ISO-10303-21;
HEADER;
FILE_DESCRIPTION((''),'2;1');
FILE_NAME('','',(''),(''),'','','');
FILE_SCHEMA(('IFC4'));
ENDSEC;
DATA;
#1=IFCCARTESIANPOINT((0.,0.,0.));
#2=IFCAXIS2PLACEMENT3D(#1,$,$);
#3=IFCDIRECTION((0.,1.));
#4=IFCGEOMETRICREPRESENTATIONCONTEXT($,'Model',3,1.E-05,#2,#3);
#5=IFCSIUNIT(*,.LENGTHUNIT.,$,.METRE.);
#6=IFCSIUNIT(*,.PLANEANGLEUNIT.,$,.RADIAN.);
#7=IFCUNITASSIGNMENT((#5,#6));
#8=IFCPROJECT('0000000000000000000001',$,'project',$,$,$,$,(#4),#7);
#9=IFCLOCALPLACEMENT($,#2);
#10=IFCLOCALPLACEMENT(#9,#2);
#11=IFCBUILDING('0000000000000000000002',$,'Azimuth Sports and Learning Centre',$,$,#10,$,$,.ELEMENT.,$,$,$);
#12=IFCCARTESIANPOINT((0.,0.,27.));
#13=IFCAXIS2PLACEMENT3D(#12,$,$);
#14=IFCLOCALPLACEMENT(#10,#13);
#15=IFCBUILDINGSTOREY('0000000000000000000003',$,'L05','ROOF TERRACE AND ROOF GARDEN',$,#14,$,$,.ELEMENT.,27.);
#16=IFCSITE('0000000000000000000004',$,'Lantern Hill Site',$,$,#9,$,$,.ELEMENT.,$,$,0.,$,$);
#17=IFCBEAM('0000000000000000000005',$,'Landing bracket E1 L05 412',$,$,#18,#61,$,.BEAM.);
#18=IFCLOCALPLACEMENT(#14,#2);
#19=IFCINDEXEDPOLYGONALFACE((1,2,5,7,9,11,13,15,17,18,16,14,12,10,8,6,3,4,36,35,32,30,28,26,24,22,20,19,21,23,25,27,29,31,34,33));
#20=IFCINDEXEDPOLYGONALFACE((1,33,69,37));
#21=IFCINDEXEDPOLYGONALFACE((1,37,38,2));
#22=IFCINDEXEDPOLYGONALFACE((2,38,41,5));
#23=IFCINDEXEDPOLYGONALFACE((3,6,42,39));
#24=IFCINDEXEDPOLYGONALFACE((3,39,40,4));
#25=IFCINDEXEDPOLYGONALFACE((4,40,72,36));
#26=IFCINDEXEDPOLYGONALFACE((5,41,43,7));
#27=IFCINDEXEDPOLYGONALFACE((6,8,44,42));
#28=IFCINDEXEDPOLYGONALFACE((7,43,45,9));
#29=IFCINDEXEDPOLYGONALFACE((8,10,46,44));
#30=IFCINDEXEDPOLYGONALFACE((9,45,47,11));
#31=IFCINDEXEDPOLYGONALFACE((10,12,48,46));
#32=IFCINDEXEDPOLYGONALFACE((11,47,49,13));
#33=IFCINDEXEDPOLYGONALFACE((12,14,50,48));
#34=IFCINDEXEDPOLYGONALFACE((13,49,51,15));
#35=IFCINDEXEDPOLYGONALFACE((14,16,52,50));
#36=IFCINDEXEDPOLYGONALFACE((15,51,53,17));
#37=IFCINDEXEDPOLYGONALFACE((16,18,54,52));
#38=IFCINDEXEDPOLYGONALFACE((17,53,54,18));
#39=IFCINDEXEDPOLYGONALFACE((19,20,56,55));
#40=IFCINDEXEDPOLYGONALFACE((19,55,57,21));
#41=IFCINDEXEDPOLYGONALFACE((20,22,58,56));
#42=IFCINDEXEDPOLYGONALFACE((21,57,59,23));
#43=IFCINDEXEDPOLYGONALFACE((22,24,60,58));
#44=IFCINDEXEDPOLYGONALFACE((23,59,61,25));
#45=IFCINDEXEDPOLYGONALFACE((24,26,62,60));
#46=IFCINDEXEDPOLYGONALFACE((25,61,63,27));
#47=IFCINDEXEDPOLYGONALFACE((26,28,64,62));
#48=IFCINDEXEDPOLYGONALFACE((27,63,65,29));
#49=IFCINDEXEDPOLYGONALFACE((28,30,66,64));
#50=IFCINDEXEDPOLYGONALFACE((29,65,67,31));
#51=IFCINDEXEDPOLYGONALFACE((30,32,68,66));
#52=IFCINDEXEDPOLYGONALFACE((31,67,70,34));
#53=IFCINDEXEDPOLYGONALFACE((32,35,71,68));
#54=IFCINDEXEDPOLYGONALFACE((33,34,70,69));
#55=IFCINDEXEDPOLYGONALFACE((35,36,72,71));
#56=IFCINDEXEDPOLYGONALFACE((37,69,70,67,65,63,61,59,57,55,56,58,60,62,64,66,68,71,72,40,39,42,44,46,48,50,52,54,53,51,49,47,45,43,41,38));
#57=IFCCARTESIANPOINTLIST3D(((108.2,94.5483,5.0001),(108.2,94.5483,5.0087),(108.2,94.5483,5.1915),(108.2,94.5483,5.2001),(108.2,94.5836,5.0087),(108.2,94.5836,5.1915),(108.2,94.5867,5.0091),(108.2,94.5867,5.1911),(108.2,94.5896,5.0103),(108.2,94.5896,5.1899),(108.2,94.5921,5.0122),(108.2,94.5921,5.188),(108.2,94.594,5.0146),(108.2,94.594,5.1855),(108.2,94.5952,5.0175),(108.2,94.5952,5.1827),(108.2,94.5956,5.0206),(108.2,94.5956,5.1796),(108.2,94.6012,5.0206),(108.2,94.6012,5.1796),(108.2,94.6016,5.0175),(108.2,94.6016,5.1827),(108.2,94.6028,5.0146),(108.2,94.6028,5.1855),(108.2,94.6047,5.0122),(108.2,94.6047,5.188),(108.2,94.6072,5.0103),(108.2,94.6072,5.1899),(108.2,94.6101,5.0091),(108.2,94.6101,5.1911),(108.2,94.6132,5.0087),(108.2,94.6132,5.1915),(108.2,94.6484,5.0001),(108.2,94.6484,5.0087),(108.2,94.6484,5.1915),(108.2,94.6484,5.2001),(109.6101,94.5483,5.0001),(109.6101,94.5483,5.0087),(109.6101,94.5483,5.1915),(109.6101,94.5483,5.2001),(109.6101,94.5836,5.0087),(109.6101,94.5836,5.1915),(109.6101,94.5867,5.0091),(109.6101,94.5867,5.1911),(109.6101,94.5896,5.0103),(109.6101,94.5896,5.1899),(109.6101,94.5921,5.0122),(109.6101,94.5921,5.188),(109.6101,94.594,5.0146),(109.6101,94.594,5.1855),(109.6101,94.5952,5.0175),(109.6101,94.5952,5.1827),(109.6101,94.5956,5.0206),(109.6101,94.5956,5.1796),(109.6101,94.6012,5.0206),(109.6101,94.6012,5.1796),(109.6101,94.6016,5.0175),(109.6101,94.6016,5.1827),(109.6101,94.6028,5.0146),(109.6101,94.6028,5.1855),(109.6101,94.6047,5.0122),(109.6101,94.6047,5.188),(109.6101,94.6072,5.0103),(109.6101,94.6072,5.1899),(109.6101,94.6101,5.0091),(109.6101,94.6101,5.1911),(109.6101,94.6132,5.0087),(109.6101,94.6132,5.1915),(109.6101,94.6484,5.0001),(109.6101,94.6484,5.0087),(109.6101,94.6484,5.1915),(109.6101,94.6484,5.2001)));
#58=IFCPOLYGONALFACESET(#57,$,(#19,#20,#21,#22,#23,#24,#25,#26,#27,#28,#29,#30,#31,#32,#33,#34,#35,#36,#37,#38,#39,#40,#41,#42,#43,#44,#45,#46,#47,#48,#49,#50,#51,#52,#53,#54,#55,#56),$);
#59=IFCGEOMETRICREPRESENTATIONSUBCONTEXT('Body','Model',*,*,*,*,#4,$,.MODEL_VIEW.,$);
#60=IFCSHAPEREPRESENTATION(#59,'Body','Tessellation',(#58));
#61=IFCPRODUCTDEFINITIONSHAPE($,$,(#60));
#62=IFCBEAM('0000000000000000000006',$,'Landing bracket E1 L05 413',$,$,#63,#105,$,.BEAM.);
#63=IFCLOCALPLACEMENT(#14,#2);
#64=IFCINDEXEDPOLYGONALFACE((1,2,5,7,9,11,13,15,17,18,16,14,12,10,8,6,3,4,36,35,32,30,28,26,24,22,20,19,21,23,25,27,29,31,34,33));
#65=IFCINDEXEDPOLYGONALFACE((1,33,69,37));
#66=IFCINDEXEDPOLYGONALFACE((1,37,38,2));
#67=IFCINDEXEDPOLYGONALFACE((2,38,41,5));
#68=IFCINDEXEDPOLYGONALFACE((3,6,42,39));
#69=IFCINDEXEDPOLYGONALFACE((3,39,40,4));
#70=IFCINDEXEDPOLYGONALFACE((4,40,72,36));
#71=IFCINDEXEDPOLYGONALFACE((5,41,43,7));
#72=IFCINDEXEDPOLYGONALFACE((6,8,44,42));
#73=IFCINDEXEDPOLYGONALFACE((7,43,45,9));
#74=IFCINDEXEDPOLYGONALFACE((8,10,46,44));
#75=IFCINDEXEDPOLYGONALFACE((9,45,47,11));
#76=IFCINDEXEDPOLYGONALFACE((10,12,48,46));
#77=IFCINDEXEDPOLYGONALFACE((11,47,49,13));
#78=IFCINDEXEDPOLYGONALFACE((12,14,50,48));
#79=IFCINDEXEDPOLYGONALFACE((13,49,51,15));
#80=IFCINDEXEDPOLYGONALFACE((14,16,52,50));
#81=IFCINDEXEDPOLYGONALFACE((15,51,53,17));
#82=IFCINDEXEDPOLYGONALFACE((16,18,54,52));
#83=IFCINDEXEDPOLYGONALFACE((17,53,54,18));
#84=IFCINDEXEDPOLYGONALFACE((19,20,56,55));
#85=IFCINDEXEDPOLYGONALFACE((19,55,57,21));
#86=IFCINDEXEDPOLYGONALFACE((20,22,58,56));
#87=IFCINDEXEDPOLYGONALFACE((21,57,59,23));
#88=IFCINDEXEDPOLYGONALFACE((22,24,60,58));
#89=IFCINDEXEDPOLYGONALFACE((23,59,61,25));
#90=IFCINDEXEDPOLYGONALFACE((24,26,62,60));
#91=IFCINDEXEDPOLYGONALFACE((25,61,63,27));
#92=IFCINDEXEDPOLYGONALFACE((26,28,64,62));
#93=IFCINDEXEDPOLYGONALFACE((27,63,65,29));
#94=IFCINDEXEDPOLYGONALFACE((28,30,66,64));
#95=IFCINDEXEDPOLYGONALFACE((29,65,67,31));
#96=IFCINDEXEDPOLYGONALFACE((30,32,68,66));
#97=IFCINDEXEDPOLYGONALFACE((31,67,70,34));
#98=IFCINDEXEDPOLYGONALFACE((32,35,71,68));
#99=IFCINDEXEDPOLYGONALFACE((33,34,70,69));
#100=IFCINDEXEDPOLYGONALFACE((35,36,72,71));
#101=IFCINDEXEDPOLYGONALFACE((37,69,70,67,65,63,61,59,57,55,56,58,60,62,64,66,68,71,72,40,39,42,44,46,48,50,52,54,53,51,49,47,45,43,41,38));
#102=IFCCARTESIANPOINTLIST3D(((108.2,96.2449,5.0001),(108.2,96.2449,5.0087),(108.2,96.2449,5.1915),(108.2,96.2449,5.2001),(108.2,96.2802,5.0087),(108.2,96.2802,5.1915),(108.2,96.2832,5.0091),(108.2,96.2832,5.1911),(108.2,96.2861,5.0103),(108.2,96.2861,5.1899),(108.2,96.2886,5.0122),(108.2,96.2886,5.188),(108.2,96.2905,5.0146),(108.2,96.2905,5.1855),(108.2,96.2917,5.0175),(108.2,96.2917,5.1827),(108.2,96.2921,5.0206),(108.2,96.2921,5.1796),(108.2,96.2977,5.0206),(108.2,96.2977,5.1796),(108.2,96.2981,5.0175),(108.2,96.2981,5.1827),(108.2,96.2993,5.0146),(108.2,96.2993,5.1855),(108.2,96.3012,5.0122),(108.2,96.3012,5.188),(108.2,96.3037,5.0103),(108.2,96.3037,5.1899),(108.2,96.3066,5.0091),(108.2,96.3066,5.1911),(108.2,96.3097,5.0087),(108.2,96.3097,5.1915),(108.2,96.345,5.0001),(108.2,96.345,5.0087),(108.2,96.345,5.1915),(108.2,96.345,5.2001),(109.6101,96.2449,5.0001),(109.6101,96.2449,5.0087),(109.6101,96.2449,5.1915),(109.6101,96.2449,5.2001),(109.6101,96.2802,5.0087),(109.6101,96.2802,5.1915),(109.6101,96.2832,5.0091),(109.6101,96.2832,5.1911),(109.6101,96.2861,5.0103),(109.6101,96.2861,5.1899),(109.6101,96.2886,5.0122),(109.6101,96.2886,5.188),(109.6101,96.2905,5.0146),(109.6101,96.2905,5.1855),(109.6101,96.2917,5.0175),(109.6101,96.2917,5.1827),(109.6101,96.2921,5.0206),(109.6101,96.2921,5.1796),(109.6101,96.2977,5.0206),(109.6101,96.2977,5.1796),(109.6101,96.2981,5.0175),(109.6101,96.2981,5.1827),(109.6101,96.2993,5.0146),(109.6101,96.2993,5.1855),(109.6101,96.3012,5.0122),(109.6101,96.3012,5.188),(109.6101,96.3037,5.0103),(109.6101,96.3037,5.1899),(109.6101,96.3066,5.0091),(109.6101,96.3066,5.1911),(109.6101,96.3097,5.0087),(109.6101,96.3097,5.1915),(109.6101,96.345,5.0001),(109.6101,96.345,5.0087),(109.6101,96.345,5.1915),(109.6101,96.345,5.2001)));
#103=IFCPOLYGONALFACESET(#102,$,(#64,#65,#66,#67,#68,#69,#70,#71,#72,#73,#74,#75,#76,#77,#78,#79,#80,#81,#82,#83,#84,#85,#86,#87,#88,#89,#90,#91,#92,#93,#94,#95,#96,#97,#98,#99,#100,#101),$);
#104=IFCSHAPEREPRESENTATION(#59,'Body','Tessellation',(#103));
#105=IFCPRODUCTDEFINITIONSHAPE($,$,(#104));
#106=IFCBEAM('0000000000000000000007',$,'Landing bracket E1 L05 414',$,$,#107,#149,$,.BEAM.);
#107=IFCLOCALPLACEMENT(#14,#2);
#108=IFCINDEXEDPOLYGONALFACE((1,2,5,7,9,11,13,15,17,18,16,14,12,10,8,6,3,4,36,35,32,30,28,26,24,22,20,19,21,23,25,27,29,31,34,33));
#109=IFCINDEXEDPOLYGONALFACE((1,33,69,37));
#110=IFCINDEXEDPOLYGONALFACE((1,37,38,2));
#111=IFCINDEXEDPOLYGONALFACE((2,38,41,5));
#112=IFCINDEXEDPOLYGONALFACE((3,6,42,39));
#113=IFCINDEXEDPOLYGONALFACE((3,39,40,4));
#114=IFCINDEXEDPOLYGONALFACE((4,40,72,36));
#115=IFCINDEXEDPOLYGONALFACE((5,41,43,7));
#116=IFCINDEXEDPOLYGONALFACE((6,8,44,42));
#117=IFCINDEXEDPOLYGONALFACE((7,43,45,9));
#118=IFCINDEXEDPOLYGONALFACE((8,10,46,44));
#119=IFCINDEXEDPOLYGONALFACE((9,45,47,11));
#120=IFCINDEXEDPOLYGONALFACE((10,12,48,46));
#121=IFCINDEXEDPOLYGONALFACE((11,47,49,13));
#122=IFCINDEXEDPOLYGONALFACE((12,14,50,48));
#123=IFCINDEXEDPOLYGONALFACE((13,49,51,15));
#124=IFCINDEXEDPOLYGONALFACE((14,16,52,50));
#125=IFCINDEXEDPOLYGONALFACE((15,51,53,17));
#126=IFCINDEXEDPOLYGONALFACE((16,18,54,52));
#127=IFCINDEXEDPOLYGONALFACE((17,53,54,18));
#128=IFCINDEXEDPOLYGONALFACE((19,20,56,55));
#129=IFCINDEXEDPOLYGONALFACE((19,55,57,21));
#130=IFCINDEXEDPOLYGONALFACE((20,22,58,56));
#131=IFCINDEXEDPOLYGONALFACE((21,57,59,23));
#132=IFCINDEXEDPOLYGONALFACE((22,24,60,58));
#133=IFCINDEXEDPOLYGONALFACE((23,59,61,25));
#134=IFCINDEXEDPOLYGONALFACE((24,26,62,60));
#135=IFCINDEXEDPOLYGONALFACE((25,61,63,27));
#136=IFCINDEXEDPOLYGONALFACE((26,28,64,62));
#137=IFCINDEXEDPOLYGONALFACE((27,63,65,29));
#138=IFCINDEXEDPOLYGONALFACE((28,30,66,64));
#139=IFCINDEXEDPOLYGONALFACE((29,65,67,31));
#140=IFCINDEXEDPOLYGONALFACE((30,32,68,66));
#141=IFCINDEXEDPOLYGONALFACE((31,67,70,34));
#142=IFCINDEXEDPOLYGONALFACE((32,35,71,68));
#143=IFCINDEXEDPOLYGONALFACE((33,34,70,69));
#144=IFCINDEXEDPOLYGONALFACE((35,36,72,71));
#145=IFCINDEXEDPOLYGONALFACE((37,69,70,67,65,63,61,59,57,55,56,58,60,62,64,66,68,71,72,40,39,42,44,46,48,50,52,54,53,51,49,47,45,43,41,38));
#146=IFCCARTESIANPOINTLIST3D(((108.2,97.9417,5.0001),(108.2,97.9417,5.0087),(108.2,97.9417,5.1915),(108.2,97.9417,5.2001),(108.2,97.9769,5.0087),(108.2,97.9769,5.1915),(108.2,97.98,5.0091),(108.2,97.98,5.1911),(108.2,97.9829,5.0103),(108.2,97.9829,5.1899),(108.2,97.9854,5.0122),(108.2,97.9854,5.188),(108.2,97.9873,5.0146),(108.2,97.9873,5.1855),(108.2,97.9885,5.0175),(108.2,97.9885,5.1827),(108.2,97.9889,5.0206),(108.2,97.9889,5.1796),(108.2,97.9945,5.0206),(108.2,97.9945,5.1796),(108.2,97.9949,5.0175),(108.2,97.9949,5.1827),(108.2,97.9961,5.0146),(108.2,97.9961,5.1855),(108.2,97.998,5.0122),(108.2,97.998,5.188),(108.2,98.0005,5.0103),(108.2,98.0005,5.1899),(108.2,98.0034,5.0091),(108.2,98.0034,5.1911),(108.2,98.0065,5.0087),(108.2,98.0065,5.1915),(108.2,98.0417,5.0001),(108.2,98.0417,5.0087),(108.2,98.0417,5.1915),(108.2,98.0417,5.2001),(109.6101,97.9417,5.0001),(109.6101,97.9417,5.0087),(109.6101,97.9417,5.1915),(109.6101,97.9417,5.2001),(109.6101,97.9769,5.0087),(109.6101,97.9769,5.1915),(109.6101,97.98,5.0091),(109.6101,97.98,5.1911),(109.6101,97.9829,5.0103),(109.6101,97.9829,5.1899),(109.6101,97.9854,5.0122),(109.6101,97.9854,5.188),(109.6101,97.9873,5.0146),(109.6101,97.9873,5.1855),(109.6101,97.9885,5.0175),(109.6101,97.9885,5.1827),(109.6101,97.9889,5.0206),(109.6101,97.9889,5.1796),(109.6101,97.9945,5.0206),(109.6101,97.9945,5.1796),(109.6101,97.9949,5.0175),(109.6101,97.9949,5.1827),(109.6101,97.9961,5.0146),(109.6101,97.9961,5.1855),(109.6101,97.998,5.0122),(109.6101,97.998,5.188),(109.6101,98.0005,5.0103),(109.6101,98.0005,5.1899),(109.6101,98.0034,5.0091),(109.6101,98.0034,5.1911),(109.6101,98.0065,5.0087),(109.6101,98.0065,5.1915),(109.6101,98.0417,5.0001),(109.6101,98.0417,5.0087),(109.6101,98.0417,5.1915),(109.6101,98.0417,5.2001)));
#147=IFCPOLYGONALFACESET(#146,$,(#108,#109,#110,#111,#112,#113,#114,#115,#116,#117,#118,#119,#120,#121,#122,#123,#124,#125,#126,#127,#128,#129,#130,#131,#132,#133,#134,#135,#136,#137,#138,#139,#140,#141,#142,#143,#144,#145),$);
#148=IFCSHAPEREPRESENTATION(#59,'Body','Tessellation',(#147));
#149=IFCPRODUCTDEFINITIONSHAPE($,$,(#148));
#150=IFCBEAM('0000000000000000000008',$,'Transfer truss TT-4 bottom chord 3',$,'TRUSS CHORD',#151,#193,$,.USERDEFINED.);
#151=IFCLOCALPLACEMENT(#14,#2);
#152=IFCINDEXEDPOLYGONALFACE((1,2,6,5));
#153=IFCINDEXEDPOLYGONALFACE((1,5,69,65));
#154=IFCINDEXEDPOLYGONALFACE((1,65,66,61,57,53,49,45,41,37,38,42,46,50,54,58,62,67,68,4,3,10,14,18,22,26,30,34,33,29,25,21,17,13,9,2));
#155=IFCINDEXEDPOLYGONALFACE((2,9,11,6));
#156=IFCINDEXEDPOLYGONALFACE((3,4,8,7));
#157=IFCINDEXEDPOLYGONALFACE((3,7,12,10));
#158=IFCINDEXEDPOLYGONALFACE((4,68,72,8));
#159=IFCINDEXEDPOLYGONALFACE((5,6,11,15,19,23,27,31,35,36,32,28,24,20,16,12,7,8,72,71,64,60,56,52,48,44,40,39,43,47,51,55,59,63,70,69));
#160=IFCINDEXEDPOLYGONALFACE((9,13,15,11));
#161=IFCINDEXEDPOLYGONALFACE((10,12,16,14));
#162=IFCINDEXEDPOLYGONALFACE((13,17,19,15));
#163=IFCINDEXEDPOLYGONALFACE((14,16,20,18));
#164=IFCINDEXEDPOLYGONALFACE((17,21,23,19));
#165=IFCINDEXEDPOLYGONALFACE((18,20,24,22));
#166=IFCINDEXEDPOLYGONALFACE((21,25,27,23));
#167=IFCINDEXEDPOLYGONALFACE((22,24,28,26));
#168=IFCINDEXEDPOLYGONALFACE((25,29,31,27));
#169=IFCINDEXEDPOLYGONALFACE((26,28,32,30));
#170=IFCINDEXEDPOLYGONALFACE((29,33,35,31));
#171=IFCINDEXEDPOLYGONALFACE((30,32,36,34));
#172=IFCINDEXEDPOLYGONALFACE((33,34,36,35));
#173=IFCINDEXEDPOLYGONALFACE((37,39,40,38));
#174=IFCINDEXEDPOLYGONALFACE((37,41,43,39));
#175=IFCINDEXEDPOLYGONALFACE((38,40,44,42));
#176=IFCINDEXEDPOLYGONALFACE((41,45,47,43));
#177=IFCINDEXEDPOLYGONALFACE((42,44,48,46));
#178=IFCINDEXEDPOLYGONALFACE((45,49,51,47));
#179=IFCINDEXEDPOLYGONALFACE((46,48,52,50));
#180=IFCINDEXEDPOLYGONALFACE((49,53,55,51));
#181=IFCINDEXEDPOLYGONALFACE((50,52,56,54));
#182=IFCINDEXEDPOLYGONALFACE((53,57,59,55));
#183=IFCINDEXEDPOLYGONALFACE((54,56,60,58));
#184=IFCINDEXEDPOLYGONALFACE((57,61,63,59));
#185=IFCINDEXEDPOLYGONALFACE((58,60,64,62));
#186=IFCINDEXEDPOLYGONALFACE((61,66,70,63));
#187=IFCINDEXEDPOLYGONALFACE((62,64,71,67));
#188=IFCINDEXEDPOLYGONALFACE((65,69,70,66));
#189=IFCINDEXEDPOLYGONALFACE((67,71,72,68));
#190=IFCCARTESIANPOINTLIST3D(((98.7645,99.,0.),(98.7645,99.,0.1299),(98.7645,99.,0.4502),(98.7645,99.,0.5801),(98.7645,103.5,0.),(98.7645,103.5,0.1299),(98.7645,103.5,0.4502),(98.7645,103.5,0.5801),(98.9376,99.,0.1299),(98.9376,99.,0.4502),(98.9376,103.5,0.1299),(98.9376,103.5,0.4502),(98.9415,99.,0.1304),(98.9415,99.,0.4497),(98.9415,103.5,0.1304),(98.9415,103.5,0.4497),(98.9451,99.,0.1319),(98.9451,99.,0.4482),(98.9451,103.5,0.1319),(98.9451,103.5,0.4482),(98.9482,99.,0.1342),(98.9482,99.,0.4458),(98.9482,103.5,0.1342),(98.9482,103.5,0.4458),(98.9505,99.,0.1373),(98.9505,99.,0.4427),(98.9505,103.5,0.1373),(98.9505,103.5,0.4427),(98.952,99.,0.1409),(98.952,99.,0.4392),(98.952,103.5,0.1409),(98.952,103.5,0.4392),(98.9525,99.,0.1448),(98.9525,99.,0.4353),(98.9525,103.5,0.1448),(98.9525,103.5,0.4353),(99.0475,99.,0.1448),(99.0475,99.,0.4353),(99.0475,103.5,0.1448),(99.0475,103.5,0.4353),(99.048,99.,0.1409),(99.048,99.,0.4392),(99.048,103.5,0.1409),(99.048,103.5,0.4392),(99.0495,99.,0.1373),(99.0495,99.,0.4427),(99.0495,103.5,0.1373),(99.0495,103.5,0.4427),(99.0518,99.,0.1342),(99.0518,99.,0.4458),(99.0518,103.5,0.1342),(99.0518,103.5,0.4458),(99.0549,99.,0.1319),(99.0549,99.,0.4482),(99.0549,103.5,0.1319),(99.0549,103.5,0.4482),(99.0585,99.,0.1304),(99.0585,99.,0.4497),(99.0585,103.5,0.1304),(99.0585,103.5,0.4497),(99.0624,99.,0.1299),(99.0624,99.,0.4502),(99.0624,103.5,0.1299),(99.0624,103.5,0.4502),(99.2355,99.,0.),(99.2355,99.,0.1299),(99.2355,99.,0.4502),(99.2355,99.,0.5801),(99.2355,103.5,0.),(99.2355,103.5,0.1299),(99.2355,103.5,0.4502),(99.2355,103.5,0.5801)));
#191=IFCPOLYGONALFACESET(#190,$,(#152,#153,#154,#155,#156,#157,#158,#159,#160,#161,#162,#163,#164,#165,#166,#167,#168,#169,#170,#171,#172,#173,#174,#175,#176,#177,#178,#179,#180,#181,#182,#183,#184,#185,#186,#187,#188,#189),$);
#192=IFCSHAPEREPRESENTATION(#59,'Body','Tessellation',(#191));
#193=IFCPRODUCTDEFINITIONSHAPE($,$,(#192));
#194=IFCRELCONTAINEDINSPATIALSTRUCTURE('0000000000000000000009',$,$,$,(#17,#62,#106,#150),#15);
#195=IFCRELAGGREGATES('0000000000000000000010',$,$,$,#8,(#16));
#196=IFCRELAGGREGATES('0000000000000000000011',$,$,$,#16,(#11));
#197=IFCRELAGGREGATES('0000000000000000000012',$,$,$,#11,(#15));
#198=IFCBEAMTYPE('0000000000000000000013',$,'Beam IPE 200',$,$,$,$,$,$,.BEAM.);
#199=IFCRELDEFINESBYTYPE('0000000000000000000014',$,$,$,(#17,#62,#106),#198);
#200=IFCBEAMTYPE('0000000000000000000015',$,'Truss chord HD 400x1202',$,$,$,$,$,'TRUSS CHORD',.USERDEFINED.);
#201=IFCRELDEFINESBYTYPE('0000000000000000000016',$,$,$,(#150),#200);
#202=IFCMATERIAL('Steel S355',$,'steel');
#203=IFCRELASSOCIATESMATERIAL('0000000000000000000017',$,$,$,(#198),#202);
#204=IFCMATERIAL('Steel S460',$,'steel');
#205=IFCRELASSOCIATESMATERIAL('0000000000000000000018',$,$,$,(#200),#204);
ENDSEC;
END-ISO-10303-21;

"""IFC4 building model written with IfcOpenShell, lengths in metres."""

from ifc_helpers import new_model, si_unit, direction, frame, origin, origin_2d, place, context, subcontext, project, spatial, i_section, extrude, material, material_profile, profile_set, type_object, element, save


model = new_model("IFC4")

# Units and contexts
model_context = context("Model", 3, precision=1e-05, world=origin(), true_north=direction((0.0, 1.0)))
body_context = subcontext(model_context, "Body", "Model", "MODEL_VIEW")
ifc_project = project(units=[si_unit("LENGTHUNIT", "METRE"), si_unit("PLANEANGLEUNIT", "RADIAN")], contexts=[model_context])

# Site, building, storey
site_placement = place(None, origin())
site = spatial("IfcSite", under=ifc_project, at=site_placement, Name="Lantern Hill Site", CompositionType="ELEMENT", RefElevation=0.0)
building_placement = place(site_placement, origin())
building = spatial("IfcBuilding", under=site, at=building_placement, Name="Azimuth Sports and Learning Centre", CompositionType="ELEMENT")
storey_placement = place(building_placement, frame((0.0, 0.0, 27.0)))
storey = spatial("IfcBuildingStorey", under=building, at=storey_placement, Name="L05", Description="ROOF TERRACE AND ROOF GARDEN", CompositionType="ELEMENT", Elevation=27.0)

# Beams
ifc_material_1 = material(Name="Steel S355", Category="steel")
ifc_material_profile_1 = material_profile(ifc_material_1, i_section(OverallWidth=0.1001, OverallDepth=0.2, WebThickness=0.0056, FlangeThickness=0.0085, FilletRadius=0.012, at=origin_2d()), Name="IPE 200")
ifc_profile_set_1 = profile_set([ifc_material_profile_1], Name="Steel S355")
beam_type_1 = type_object("IfcBeamType", Name="Beam IPE 200", PredefinedType="BEAM", material=ifc_profile_set_1)
for number, where, z_axis, x_axis, name in (
    (1, (108.2, 94.5984, 5.1001), (1.0, 0.0, 0.0), (0.0, 1.0, 0.0), "Landing bracket E1 L05 412"),
    (2, (108.2, 96.2949, 5.1001), (1.0, 0.0, 0.0), (0.0, 1.0, 0.0), "Landing bracket E1 L05 413"),
    (3, (108.2, 97.9917, 5.1001), (1.0, 0.0, 0.0), (0.0, 1.0, 0.0), "Landing bracket E1 L05 414"),
):
    element("IfcBeam", number, at=place(storey_placement, frame(where, z_axis=z_axis, x_axis=x_axis)), inside=storey, type_object=beam_type_1, Name=name, PredefinedType="BEAM", context=body_context, shape_type="SweptSolid", body=[
        extrude(i_section(OverallWidth=0.1001, OverallDepth=0.2, WebThickness=0.0056, FlangeThickness=0.0085, FilletRadius=0.012, at=origin_2d()), origin(), (0.0, 0.0, 1.0), 1.4102),
    ])
ifc_material_2 = material(Name="Steel S460", Category="steel")
ifc_material_profile_2 = material_profile(ifc_material_2, i_section(OverallWidth=0.4709, OverallDepth=0.5801, WebThickness=0.095, FlangeThickness=0.1299, FilletRadius=0.0149, at=origin_2d()), Name="HD 400x1202")
ifc_profile_set_2 = profile_set([ifc_material_profile_2], Name="Steel S460")
beam_type_2 = type_object("IfcBeamType", Name="Truss chord HD 400x1202", ElementType="TRUSS CHORD", PredefinedType="USERDEFINED", material=ifc_profile_set_2)
for number, where, z_axis, x_axis, name in (
    (4, (99.0, 99.0, 0.29), (0.0, 1.0, 0.0), (-1.0, 0.0, 0.0), "Transfer truss TT-4 bottom chord 3"),
):
    element("IfcBeam", number, at=place(storey_placement, frame(where, z_axis=z_axis, x_axis=x_axis)), inside=storey, type_object=beam_type_2, Name=name, ObjectType="TRUSS CHORD", PredefinedType="USERDEFINED", context=body_context, shape_type="SweptSolid", body=[
        extrude(i_section(OverallWidth=0.4709, OverallDepth=0.5801, WebThickness=0.095, FlangeThickness=0.1299, FilletRadius=0.0149, at=origin_2d()), origin(), (0.0, 0.0, 1.0), 4.5),
    ])

save(model, "model.ifc")
